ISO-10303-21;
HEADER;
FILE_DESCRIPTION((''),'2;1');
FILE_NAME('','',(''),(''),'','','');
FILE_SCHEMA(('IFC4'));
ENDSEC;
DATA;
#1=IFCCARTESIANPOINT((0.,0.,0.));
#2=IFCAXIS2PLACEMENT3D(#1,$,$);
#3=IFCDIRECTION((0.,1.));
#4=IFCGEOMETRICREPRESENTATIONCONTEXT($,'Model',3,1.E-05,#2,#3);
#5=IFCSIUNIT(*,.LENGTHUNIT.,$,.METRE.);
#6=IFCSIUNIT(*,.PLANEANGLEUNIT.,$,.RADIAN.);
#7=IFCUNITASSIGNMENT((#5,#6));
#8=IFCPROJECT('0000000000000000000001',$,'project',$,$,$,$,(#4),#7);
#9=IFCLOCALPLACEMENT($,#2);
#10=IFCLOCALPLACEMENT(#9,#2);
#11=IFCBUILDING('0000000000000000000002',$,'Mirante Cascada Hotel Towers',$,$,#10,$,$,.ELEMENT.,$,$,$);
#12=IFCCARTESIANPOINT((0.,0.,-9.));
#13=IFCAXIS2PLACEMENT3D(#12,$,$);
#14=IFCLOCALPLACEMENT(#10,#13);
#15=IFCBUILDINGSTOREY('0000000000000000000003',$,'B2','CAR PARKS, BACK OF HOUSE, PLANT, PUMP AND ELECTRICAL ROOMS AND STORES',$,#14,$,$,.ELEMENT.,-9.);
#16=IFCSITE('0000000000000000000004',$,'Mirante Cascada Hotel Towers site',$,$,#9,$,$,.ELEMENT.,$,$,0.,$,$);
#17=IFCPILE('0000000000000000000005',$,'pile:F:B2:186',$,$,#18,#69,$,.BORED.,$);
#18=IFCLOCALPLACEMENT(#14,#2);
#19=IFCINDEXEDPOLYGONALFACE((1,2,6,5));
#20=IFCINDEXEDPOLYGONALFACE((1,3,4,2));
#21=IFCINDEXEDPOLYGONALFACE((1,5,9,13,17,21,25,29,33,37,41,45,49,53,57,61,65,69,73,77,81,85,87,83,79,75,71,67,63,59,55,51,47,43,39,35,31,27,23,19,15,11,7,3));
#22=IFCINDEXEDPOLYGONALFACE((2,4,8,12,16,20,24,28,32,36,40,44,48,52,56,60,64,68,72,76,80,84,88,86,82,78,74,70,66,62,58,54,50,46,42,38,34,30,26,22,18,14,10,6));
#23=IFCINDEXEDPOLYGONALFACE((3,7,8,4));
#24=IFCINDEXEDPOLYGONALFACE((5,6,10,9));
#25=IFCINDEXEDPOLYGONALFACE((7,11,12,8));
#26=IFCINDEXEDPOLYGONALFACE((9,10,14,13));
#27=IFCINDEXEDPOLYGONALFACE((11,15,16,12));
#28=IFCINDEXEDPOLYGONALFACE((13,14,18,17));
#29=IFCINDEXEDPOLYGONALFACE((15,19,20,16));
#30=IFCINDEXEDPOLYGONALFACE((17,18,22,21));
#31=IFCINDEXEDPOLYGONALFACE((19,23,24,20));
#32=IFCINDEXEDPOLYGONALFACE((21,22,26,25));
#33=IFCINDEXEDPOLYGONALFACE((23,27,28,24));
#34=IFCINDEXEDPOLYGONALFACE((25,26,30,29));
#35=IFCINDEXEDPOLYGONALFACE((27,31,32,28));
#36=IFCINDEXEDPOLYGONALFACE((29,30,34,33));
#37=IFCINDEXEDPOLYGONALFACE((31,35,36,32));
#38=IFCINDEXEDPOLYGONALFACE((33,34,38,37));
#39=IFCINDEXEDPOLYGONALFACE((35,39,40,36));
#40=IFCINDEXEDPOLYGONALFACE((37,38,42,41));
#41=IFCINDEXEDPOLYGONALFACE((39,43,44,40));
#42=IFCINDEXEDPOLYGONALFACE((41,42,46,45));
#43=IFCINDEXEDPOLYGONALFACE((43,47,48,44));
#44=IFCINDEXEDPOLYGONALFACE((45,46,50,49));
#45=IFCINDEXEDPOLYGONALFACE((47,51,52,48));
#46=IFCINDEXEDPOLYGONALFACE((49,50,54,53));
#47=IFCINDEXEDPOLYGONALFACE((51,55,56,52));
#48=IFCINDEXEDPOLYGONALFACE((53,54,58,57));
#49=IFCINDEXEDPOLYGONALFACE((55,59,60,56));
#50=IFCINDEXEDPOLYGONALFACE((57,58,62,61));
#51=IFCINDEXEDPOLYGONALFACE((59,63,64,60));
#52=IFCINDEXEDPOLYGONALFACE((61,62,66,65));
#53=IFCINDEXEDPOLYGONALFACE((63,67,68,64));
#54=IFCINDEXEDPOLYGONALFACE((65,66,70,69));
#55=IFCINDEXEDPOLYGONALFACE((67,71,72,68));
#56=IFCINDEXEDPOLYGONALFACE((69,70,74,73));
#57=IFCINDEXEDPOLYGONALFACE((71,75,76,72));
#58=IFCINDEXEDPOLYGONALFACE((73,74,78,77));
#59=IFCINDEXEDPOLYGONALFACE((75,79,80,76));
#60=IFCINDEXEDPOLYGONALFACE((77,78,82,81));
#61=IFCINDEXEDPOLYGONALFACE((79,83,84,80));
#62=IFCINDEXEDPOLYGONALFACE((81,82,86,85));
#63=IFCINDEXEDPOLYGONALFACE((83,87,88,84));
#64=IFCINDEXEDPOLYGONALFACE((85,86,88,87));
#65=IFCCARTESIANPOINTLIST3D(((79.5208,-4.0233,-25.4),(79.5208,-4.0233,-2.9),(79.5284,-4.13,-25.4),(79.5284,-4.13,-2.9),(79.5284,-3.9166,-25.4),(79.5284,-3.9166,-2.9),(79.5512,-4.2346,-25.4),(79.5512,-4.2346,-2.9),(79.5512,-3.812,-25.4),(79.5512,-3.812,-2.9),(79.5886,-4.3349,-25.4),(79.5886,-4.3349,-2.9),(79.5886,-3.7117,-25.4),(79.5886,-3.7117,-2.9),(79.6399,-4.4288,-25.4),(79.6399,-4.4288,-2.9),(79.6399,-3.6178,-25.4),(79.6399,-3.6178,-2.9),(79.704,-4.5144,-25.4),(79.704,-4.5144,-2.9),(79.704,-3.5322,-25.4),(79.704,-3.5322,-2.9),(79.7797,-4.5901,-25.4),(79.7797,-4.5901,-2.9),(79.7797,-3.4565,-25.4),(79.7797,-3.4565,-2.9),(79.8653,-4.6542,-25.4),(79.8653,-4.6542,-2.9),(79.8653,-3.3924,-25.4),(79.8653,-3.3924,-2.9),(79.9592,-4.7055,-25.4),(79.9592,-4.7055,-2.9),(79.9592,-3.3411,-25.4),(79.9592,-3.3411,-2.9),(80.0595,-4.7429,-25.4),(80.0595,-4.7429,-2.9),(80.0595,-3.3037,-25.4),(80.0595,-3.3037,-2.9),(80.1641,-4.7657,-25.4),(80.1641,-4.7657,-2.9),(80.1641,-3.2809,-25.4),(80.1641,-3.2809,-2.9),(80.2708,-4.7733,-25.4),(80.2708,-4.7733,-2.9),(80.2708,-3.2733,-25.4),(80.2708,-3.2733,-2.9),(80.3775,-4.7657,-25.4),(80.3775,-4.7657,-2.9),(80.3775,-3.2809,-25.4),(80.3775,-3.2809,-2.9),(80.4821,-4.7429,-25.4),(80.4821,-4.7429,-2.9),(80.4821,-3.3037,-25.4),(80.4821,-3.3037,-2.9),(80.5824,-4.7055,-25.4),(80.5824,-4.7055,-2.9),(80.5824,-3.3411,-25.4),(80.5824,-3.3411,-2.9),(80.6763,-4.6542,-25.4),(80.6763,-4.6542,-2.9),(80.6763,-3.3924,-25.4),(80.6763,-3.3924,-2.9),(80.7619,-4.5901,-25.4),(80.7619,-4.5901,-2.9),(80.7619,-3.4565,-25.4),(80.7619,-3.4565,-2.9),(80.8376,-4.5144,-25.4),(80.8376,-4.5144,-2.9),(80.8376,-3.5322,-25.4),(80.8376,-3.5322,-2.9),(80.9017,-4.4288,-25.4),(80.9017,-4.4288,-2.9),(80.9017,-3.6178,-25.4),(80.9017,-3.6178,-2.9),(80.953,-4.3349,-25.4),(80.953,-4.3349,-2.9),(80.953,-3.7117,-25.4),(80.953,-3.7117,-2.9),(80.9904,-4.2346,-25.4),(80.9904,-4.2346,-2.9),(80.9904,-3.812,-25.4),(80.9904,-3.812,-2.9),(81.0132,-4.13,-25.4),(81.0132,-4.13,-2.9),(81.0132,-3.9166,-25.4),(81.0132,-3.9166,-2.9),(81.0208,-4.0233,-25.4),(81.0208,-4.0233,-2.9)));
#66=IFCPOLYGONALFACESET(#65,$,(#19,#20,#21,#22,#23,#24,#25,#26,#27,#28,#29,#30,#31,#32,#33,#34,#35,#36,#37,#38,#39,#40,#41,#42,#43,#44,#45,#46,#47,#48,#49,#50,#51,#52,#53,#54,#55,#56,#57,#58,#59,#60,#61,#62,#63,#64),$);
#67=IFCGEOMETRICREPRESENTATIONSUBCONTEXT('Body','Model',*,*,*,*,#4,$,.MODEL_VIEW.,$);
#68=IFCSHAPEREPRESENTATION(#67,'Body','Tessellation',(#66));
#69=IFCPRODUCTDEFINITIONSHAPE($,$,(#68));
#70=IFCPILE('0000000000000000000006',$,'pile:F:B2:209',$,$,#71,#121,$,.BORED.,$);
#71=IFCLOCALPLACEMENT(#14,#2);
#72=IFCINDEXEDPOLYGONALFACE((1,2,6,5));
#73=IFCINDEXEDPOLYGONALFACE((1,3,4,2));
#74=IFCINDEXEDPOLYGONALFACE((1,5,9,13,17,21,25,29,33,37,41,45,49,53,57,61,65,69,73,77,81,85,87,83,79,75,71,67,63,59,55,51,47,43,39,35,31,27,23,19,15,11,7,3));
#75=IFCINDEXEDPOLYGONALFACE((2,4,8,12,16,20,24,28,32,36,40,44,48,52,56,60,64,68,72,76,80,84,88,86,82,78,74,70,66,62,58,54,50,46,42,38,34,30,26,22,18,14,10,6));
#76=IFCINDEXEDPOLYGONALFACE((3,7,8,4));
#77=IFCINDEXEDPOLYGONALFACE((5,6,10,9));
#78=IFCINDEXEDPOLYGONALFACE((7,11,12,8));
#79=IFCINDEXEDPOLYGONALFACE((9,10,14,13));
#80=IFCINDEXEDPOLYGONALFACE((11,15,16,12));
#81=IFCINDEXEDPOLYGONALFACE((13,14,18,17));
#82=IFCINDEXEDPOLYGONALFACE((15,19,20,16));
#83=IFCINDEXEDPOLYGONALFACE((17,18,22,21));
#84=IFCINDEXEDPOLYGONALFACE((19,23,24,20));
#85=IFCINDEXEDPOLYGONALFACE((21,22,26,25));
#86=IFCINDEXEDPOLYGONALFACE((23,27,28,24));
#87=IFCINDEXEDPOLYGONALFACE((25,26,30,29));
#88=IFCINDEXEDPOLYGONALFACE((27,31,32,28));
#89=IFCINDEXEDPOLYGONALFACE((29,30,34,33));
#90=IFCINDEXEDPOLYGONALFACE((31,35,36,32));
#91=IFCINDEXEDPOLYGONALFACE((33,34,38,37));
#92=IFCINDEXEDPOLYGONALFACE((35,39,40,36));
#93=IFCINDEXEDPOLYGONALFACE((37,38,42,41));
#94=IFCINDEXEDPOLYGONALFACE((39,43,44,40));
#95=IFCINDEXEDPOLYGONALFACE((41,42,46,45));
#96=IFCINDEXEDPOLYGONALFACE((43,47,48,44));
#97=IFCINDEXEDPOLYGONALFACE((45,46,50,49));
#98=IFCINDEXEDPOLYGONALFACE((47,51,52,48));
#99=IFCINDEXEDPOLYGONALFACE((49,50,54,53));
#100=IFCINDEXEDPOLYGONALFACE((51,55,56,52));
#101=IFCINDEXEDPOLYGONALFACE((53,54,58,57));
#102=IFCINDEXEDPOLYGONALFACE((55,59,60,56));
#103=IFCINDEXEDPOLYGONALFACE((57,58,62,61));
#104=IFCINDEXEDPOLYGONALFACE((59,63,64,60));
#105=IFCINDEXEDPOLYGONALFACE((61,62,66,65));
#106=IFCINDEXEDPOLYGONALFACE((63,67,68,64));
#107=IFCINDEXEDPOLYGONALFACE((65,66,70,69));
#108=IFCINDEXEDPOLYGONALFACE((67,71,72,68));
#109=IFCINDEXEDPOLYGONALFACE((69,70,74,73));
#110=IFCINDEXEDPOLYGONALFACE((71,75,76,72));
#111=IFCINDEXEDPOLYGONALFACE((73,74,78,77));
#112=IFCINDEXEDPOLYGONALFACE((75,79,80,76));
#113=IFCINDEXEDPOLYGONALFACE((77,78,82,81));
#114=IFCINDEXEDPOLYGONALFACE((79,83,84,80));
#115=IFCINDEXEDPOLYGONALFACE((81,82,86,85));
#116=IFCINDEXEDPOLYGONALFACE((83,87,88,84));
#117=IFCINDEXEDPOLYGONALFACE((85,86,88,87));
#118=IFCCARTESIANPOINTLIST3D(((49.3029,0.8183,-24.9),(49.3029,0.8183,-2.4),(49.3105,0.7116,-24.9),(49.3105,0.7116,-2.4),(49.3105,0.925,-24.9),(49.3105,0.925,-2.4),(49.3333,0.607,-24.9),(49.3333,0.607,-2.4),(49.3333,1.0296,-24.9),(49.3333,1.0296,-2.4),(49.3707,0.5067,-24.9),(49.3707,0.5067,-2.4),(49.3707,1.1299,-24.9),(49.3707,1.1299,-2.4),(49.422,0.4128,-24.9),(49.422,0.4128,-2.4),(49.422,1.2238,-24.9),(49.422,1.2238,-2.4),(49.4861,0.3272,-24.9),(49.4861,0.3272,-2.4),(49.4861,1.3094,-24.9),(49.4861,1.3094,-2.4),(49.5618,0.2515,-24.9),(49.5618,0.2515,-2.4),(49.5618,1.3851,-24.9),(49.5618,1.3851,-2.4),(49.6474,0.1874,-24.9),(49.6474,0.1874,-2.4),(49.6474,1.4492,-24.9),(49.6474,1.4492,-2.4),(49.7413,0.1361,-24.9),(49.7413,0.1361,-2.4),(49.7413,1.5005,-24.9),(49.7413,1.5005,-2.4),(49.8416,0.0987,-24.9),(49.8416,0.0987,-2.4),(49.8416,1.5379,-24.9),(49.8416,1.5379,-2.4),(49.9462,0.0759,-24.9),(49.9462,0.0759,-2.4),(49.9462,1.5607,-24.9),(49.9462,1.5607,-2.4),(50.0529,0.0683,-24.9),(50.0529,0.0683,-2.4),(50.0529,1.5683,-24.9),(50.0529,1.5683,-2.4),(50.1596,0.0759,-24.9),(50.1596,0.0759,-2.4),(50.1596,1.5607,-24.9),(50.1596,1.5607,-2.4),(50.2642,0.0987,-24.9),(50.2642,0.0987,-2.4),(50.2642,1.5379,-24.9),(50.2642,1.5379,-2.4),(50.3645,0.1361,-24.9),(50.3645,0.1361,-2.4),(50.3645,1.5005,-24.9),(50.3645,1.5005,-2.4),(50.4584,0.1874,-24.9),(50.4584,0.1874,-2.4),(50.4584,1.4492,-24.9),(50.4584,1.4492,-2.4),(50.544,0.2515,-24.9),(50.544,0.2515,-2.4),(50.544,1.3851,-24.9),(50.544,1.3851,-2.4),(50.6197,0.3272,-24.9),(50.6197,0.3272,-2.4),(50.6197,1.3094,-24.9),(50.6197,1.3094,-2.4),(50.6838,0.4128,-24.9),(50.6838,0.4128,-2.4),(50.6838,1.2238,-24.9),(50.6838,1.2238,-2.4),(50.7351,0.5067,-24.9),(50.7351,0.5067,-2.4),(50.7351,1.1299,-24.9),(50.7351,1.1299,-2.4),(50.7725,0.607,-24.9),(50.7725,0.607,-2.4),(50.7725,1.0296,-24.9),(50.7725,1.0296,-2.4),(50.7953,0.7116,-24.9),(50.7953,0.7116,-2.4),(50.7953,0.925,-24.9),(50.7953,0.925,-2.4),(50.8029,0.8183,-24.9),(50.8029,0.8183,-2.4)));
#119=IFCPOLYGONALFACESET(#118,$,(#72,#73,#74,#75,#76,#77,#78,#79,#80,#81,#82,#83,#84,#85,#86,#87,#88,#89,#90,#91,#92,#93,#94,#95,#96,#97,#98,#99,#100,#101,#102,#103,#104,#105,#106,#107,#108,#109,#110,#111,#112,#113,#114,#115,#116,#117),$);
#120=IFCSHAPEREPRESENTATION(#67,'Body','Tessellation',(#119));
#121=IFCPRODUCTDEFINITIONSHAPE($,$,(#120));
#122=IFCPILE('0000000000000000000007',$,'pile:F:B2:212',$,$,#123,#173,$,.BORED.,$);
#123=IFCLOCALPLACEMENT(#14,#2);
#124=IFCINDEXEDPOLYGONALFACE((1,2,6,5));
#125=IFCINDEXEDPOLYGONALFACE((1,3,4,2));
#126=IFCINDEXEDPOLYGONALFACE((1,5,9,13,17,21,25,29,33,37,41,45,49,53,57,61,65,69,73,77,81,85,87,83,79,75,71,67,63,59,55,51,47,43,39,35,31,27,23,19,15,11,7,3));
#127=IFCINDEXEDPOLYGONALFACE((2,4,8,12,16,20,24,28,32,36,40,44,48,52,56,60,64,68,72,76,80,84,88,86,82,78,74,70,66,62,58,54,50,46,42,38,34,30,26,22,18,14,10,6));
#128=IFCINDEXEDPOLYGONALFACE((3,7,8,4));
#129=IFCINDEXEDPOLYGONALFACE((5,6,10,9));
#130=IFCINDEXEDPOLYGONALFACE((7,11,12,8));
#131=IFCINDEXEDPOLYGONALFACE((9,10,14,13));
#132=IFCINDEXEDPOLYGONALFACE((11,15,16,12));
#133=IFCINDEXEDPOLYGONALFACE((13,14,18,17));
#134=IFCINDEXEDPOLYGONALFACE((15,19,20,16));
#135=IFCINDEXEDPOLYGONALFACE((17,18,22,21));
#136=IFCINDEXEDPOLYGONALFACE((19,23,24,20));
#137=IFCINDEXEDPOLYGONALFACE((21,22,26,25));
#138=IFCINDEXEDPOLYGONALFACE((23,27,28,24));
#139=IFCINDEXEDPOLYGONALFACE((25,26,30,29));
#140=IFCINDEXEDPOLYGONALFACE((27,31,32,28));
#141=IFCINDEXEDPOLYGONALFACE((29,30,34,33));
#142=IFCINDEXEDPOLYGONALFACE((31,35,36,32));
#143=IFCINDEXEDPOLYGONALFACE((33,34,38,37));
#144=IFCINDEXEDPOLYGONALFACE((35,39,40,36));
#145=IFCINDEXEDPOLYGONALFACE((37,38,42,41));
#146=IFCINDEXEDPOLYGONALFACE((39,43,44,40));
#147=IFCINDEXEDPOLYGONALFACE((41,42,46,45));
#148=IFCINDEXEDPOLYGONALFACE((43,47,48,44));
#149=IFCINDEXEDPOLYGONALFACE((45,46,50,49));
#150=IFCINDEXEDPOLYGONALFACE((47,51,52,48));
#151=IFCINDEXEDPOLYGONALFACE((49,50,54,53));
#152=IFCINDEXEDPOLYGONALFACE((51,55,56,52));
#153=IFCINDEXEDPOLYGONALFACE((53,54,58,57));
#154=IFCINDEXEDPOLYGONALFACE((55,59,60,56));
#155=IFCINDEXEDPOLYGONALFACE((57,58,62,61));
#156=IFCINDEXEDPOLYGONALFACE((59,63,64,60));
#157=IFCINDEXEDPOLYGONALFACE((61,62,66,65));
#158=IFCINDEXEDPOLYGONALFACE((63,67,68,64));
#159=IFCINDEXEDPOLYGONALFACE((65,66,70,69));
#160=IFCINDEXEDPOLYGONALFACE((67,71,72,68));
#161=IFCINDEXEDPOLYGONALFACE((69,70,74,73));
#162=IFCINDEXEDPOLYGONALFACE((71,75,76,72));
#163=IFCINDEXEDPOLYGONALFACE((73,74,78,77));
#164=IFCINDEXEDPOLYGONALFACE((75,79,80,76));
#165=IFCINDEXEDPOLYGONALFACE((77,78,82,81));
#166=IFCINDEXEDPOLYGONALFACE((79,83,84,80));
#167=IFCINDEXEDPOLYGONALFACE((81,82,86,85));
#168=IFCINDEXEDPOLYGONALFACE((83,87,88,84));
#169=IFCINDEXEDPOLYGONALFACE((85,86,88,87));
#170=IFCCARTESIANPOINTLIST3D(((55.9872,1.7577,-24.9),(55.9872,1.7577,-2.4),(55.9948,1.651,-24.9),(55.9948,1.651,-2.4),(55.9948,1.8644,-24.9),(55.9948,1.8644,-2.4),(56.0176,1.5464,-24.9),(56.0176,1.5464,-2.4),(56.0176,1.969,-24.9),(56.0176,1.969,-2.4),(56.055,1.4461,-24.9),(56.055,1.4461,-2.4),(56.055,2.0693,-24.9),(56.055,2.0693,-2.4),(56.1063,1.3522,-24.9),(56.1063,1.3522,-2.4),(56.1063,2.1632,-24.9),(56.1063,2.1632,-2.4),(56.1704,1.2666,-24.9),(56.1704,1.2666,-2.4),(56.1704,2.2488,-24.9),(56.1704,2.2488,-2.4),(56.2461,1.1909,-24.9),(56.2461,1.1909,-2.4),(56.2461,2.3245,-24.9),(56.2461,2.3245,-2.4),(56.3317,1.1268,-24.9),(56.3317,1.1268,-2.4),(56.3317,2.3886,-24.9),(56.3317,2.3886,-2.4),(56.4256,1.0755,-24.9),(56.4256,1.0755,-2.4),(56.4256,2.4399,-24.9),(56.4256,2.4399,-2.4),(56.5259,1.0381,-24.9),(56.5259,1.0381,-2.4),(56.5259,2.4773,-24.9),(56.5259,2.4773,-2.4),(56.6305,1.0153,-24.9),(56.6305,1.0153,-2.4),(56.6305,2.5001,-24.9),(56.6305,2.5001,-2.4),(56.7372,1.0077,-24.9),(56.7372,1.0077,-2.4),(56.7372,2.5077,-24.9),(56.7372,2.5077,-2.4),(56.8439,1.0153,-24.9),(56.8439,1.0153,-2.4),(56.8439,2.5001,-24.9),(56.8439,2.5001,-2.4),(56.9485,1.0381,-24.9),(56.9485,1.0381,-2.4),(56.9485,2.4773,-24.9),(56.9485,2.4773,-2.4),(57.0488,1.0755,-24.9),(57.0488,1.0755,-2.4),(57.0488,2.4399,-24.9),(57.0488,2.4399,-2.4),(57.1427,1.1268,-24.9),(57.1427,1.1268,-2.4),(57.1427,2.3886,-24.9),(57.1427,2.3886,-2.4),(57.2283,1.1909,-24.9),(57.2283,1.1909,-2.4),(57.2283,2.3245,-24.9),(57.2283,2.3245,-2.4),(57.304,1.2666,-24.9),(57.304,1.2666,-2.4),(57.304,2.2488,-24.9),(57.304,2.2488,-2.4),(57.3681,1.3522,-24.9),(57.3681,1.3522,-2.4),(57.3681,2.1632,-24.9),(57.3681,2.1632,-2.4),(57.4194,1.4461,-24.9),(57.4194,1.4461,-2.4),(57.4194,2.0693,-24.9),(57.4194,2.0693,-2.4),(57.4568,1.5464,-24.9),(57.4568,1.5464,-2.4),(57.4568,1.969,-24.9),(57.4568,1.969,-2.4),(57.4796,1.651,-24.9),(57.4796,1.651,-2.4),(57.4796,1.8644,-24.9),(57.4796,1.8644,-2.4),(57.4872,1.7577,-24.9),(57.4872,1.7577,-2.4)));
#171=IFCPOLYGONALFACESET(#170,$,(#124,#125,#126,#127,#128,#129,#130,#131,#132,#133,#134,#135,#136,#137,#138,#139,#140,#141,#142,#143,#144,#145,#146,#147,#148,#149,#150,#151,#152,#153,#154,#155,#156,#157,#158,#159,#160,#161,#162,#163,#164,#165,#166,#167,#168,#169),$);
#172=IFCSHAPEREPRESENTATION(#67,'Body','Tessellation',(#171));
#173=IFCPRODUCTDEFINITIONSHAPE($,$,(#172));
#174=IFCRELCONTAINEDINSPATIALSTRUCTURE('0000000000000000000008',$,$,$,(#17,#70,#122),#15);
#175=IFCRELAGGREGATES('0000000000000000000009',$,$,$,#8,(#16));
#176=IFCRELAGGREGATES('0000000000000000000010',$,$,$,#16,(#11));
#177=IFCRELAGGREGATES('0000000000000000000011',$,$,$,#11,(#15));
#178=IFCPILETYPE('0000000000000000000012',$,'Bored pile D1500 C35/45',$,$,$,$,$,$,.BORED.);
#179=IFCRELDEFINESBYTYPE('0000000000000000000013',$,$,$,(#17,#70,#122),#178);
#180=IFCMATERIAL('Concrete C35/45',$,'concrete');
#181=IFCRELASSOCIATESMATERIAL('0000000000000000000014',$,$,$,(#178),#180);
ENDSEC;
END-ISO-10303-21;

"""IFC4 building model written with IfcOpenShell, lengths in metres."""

from ifc_helpers import new_model, si_unit, direction, frame, origin, origin_2d, place, context, subcontext, project, spatial, circle, extrude, material, material_profile, profile_set, type_object, element, save


model = new_model("IFC4")

# Units and contexts
model_context = context("Model", 3, precision=1e-05, world=origin(), true_north=direction((0.0, 1.0)))
body_context = subcontext(model_context, "Body", "Model", "MODEL_VIEW")
ifc_project = project(units=[si_unit("LENGTHUNIT", "METRE"), si_unit("PLANEANGLEUNIT", "RADIAN")], contexts=[model_context])

# Site, building, storey
site_placement = place(None, origin())
site = spatial("IfcSite", under=ifc_project, at=site_placement, Name="Mirante Cascada Hotel Towers site", CompositionType="ELEMENT", RefElevation=0.0)
building_placement = place(site_placement, origin())
building = spatial("IfcBuilding", under=site, at=building_placement, Name="Mirante Cascada Hotel Towers", CompositionType="ELEMENT")
storey_placement = place(building_placement, frame((0.0, 0.0, -9.0)))
storey = spatial("IfcBuildingStorey", under=building, at=storey_placement, Name="B2", Description="CAR PARKS, BACK OF HOUSE, PLANT, PUMP AND ELECTRICAL ROOMS AND STORES", CompositionType="ELEMENT", Elevation=-9.0)

# Piles
ifc_material_1 = material(Name="Concrete C35/45", Category="concrete")
ifc_material_profile_1 = material_profile(ifc_material_1, circle(Radius=0.75, at=origin_2d()), Name="RC D1500")
ifc_profile_set_1 = profile_set([ifc_material_profile_1], Name="Concrete C35/45")
pile_type = type_object("IfcPileType", Name="Bored pile D1500 C35/45", PredefinedType="BORED", material=ifc_profile_set_1)
for number, where, z_axis, x_axis, name in (
    (1, (80.2708, -4.0233, -2.9), (0.0, 0.0, -1.0), (1.0, 0.0, 0.0), "pile:F:B2:186"),
    (2, (50.0529, 0.8183, -2.4), (0.0, 0.0, -1.0), (1.0, 0.0, 0.0), "pile:F:B2:209"),
    (3, (56.7372, 1.7577, -2.4), (0.0, 0.0, -1.0), (1.0, 0.0, 0.0), "pile:F:B2:212"),
):
    element("IfcPile", number, at=place(storey_placement, frame(where, z_axis=z_axis, x_axis=x_axis)), inside=storey, type_object=pile_type, Name=name, PredefinedType="BORED", context=body_context, shape_type="SweptSolid", body=[
        extrude(circle(Radius=0.75, at=origin_2d()), origin(), (0.0, 0.0, 1.0), 22.5),
    ])

save(model, "model.ifc")
